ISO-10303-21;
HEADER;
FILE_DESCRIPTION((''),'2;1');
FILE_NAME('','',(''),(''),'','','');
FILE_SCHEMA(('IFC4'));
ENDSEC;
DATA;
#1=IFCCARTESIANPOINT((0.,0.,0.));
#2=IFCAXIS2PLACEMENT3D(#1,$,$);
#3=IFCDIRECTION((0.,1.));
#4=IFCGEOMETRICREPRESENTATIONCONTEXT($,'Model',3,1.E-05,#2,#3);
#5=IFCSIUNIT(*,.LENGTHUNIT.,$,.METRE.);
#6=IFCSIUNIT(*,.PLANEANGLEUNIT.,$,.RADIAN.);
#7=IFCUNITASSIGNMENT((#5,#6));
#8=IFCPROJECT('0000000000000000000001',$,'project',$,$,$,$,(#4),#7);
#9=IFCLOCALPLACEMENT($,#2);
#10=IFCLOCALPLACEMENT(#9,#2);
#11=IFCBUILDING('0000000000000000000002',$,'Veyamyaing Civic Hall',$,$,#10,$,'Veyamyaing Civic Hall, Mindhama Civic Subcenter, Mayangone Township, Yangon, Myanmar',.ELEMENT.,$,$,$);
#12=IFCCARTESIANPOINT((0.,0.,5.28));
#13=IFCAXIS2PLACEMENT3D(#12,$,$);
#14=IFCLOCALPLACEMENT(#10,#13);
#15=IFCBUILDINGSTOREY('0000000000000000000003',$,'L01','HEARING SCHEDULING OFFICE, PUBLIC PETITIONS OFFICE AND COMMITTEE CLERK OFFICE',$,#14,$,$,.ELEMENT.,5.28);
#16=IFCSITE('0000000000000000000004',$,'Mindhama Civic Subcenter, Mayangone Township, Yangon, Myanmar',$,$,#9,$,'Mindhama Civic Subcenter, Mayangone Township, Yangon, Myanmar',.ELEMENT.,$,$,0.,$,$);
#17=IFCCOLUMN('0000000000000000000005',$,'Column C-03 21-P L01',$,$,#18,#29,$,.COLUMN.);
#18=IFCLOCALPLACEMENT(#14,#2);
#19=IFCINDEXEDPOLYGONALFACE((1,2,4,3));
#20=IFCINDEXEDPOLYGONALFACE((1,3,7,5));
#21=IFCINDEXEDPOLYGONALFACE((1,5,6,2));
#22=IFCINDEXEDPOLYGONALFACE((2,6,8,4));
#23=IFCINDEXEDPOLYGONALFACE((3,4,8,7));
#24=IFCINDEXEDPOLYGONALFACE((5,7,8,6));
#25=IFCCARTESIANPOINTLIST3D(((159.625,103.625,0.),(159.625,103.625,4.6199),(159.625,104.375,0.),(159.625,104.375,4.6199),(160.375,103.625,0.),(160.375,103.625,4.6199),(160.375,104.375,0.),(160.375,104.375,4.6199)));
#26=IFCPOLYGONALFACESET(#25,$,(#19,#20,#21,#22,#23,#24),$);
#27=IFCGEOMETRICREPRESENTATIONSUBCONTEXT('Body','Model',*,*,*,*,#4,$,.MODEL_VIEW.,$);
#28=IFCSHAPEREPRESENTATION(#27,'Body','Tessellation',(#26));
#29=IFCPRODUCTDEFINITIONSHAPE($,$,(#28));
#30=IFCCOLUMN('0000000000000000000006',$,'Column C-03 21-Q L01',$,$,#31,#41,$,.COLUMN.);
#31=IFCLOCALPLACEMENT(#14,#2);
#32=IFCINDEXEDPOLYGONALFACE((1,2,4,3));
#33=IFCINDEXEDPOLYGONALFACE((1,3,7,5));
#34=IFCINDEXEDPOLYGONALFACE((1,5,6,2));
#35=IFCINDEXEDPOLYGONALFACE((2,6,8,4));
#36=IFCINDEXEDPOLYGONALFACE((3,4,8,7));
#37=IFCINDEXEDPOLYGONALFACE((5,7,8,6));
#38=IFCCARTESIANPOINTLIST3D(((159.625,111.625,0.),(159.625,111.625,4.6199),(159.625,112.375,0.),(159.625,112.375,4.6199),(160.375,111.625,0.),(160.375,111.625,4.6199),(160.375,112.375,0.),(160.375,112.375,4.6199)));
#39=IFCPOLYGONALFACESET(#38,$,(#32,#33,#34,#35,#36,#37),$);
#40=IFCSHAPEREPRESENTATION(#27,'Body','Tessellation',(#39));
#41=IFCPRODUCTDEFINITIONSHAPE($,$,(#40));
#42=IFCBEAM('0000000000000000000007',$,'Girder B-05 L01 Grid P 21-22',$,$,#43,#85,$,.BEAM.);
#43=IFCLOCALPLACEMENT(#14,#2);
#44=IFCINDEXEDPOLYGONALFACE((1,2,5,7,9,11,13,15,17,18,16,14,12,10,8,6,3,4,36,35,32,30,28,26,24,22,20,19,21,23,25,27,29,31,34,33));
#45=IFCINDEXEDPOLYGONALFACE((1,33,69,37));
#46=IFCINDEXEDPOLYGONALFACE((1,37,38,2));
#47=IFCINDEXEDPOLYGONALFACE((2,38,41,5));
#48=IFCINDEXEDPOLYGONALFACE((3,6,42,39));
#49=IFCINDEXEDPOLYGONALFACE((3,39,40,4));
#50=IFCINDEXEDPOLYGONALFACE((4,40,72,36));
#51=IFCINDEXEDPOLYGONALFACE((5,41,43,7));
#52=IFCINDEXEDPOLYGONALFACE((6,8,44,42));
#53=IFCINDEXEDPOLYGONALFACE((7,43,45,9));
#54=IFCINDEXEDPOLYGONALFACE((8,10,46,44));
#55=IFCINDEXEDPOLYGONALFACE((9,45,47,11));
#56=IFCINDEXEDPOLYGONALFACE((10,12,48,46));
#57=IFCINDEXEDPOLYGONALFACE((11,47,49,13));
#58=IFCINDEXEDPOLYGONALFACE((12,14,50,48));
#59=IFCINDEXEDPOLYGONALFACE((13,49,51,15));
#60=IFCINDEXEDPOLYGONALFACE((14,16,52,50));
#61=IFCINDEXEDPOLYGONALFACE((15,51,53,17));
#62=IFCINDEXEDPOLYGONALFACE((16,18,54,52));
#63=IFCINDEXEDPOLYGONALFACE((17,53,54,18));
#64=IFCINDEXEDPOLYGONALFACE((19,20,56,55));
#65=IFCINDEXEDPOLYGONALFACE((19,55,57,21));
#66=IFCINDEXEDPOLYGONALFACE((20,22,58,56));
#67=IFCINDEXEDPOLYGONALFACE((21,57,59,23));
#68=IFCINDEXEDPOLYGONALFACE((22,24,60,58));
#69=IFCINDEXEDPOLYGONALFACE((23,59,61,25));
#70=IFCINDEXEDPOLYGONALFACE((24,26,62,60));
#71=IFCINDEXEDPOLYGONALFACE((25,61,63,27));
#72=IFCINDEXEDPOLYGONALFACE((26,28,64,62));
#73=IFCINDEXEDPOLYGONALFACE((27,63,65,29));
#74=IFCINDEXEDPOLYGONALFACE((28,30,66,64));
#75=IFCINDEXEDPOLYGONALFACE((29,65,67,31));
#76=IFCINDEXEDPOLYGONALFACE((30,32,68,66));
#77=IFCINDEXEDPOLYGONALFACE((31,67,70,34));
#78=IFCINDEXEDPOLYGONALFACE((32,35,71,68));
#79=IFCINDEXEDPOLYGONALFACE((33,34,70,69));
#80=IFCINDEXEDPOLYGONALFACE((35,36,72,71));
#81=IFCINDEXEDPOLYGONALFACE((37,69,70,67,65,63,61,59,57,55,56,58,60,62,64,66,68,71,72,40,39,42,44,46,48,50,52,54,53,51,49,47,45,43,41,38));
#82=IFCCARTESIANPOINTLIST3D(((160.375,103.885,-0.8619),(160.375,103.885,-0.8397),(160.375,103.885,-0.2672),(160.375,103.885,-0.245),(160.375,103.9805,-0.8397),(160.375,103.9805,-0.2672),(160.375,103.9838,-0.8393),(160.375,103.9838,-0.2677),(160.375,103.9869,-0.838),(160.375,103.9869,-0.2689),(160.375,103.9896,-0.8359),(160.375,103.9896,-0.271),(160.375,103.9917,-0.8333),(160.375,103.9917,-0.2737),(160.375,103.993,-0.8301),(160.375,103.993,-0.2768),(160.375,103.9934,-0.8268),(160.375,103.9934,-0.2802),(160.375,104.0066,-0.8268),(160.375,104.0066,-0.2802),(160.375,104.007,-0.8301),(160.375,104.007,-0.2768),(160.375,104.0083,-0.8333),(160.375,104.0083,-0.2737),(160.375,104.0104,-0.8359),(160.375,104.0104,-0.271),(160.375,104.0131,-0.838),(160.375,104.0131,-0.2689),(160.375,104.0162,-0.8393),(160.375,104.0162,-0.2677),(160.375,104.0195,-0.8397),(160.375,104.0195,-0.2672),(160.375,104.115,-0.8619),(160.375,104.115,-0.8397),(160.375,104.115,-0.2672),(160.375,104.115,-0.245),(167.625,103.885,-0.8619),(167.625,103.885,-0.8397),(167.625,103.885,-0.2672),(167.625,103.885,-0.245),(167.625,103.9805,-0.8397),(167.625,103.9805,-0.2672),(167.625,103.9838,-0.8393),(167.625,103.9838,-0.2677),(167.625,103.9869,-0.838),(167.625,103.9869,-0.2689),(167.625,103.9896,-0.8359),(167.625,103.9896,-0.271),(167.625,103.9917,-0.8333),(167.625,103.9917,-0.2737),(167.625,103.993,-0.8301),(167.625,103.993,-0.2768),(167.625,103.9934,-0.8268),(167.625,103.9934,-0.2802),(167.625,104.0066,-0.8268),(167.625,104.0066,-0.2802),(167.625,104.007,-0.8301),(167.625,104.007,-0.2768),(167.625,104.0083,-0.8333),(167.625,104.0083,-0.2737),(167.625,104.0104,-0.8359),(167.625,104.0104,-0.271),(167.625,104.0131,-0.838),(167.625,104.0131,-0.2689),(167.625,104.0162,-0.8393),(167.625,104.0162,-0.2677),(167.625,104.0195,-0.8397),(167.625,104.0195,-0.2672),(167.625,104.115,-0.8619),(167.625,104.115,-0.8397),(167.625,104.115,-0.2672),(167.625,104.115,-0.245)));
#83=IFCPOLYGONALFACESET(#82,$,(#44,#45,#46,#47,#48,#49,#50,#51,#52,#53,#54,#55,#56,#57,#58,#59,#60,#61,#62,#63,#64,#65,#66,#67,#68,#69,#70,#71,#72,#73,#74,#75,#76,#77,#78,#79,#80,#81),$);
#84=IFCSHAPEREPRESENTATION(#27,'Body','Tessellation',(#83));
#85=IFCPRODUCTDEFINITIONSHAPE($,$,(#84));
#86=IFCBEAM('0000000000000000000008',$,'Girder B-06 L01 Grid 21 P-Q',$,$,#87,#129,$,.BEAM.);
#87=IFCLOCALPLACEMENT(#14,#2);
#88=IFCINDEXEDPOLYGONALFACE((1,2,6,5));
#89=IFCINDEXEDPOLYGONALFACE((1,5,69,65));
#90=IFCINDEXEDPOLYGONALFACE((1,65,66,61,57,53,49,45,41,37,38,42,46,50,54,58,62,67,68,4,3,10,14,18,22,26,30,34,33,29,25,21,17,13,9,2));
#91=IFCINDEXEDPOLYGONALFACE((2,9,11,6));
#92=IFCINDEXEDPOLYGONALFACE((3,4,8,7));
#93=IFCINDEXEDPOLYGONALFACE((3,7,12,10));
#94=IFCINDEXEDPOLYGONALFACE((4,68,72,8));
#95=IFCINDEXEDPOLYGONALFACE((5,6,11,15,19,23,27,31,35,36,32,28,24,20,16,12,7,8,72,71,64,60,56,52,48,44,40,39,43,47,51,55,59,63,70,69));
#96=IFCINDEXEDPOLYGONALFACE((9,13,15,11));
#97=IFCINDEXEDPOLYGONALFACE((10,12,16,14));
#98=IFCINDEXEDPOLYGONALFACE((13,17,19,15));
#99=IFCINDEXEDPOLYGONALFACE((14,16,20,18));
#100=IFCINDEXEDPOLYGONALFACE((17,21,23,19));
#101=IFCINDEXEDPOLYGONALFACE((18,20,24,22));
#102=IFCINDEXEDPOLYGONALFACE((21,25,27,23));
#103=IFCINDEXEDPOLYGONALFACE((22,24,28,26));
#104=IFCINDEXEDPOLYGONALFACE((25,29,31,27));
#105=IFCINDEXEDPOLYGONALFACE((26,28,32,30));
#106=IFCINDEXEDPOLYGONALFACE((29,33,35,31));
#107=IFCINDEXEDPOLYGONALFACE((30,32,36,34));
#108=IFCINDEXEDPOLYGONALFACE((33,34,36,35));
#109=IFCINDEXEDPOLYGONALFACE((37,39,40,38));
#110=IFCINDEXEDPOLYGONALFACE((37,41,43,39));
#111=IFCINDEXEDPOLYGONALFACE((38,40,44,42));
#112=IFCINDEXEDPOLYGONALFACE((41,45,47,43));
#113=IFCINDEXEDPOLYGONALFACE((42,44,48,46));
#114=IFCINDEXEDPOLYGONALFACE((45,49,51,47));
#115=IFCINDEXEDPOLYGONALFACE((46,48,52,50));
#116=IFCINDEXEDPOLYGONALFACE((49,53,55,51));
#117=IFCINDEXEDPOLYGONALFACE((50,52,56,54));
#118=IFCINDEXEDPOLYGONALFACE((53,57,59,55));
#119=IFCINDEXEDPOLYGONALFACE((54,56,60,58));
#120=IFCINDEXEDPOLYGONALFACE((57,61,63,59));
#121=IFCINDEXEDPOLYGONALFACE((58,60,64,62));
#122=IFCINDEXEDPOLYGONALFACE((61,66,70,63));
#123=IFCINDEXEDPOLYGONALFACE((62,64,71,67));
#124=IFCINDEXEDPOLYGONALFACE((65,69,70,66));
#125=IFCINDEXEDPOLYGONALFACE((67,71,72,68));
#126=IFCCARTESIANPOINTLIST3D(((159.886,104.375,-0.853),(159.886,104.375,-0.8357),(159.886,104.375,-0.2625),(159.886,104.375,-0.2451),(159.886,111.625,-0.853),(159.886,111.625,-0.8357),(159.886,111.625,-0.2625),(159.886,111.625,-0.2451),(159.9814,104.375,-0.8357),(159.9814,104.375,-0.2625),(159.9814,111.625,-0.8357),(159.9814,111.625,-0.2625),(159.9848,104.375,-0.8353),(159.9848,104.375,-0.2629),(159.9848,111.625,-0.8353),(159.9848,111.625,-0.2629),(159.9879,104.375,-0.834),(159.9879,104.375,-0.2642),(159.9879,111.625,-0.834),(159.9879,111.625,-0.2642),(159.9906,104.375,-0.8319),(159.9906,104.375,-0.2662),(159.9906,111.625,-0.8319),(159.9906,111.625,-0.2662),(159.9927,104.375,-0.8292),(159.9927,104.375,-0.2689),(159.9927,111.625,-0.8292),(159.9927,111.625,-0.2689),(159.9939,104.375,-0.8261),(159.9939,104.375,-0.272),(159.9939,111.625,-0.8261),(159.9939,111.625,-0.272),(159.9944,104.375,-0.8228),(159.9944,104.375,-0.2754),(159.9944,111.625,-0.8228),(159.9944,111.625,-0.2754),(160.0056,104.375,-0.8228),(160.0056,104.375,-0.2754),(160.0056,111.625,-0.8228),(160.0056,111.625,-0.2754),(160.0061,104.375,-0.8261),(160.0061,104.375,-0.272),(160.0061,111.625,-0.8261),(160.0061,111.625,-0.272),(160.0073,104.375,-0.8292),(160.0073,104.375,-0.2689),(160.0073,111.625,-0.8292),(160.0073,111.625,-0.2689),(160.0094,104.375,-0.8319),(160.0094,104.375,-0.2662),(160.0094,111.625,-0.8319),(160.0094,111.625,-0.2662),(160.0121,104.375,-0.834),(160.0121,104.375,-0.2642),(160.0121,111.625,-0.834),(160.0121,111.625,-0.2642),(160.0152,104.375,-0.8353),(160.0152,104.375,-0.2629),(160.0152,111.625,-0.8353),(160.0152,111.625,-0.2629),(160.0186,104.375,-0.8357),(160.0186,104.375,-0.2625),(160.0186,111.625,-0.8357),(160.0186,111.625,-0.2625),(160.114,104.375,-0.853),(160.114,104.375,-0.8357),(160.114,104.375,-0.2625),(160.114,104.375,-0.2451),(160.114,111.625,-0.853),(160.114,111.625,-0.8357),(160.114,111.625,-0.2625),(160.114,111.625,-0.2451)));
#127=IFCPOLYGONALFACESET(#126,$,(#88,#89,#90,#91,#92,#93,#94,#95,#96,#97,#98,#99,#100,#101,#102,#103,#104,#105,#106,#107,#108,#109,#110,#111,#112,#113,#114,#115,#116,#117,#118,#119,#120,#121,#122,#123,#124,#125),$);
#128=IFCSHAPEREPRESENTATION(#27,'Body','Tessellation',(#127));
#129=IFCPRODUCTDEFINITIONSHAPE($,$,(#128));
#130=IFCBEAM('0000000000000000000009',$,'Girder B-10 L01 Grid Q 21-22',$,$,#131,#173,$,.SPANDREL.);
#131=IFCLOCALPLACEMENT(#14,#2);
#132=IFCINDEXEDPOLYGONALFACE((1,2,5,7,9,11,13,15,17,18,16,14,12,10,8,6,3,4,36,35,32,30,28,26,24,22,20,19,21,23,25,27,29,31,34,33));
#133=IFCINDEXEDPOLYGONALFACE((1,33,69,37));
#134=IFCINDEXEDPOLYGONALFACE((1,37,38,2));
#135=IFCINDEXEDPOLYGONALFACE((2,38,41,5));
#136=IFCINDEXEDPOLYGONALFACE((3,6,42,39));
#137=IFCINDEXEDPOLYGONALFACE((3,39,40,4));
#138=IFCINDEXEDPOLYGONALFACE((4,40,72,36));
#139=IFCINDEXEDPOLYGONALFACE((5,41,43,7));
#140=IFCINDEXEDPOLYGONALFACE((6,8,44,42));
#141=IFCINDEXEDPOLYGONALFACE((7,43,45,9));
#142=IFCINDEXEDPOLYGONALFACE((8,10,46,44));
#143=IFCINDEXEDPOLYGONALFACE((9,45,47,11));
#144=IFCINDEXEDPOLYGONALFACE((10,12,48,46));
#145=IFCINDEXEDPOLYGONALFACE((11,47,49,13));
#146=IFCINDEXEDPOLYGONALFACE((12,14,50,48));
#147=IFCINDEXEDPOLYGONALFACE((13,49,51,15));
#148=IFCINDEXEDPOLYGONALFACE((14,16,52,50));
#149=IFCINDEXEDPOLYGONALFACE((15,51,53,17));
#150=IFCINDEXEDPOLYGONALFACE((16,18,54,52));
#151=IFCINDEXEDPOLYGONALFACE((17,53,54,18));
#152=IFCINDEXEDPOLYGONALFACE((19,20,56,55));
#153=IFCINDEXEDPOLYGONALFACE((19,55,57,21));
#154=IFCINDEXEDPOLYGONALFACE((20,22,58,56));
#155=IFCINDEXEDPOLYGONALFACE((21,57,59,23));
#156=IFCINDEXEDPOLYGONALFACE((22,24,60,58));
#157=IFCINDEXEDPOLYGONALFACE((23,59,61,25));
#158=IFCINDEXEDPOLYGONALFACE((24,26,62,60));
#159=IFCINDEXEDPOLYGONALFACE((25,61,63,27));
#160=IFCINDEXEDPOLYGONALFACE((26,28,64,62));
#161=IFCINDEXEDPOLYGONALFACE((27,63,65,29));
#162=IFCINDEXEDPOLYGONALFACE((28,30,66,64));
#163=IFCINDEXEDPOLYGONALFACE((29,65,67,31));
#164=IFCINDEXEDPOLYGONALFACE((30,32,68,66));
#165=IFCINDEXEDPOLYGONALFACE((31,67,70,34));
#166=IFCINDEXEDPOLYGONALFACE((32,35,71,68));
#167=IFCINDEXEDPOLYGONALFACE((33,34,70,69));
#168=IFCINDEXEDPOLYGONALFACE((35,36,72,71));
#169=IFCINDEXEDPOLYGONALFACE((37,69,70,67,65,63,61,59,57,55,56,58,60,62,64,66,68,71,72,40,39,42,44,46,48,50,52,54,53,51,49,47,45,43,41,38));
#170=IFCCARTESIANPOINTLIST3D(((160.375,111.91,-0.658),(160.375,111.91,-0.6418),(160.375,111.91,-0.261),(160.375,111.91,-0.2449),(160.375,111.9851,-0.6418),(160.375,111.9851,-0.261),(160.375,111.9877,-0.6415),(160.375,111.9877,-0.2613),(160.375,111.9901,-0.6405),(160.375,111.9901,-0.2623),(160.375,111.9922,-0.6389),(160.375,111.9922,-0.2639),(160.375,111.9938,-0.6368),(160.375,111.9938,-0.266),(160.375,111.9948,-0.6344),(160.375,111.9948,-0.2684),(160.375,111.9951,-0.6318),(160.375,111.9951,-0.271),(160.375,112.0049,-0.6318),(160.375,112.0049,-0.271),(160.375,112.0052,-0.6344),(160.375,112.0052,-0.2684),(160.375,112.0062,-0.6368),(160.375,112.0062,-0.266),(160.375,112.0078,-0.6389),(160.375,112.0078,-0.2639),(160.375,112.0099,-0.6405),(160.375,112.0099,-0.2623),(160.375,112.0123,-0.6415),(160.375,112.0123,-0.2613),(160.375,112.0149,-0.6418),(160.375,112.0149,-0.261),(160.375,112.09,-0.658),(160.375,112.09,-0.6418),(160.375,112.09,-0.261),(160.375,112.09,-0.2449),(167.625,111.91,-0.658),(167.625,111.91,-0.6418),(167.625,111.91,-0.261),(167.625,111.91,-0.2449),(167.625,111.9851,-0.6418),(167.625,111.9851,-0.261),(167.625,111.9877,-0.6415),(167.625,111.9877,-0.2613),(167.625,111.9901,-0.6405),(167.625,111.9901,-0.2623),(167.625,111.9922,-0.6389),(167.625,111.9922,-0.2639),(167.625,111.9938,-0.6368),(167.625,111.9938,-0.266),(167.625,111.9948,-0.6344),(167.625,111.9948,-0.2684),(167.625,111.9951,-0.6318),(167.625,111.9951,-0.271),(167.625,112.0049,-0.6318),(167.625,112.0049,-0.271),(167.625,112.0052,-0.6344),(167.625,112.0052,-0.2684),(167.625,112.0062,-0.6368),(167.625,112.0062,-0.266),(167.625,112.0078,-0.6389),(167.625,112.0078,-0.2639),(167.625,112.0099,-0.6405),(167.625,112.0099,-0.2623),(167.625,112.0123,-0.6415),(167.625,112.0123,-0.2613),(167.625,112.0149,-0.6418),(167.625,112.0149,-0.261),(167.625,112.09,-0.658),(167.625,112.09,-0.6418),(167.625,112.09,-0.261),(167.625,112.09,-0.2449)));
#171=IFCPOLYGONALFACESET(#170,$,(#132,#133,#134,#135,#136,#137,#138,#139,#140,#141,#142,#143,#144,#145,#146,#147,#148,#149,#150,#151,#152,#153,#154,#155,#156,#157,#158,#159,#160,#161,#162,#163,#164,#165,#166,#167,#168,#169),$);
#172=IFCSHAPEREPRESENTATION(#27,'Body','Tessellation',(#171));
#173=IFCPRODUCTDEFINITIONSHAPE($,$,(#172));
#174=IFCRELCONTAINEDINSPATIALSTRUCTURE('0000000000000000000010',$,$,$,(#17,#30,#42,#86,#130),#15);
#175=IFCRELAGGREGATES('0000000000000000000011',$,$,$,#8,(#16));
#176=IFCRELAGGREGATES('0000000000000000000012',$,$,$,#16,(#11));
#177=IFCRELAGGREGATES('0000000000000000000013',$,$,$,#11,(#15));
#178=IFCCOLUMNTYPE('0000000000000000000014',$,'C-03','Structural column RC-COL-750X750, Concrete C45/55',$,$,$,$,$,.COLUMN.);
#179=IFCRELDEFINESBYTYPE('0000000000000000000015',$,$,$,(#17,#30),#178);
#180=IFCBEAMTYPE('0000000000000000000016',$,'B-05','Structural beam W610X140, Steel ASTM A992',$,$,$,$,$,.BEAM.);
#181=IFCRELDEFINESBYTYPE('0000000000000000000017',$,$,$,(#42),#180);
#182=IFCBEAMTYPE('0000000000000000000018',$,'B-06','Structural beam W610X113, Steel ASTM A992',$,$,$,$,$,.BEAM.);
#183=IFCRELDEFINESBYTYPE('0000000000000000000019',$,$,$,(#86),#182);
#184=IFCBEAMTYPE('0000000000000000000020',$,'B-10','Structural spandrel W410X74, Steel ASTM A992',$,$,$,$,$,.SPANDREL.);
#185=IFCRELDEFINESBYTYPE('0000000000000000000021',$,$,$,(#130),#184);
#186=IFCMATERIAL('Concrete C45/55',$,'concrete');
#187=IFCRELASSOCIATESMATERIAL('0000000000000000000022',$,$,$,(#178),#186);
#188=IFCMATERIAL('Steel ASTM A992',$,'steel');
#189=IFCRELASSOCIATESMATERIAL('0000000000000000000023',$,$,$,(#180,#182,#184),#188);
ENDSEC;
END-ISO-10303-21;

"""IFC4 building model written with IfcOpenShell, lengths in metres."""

from ifc_helpers import new_model, si_unit, direction, frame, origin, origin_2d, place, context, subcontext, project, spatial, rectangle, i_section, extrude, material, material_profile, profile_set, type_object, element, save


model = new_model("IFC4")

# Units and contexts
model_context = context("Model", 3, precision=1e-05, world=origin(), true_north=direction((0.0, 1.0)))
body_context = subcontext(model_context, "Body", "Model", "MODEL_VIEW")
ifc_project = project(units=[si_unit("LENGTHUNIT", "METRE"), si_unit("PLANEANGLEUNIT", "RADIAN")], contexts=[model_context])

# Site, building, storey
site_placement = place(None, origin())
site = spatial("IfcSite", under=ifc_project, at=site_placement, Name="Mindhama Civic Subcenter, Mayangone Township, Yangon, Myanmar", LongName="Mindhama Civic Subcenter, Mayangone Township, Yangon, Myanmar", CompositionType="ELEMENT", RefElevation=0.0)
building_placement = place(site_placement, origin())
building = spatial("IfcBuilding", under=site, at=building_placement, Name="Veyamyaing Civic Hall", LongName="Veyamyaing Civic Hall, Mindhama Civic Subcenter, Mayangone Township, Yangon, Myanmar", CompositionType="ELEMENT")
storey_placement = place(building_placement, frame((0.0, 0.0, 5.28)))
storey = spatial("IfcBuildingStorey", under=building, at=storey_placement, Name="L01", Description="HEARING SCHEDULING OFFICE, PUBLIC PETITIONS OFFICE AND COMMITTEE CLERK OFFICE", CompositionType="ELEMENT", Elevation=5.28)

# Columns
ifc_material_1 = material(Name="Concrete C45/55", Category="concrete")
ifc_material_profile_1 = material_profile(ifc_material_1, rectangle(XDim=0.75, YDim=0.75, at=origin_2d()), Name="RC-COL-750X750")
ifc_profile_set_1 = profile_set([ifc_material_profile_1], Name="Concrete C45/55")
column_type = type_object("IfcColumnType", Name="C-03", Description="Structural column RC-COL-750X750, Concrete C45/55", PredefinedType="COLUMN", material=ifc_profile_set_1)
for number, where, z_axis, x_axis, name in (
    (1, (160.0, 104.0, 0.0), (0.0, 0.0, 1.0), (1.0, 0.0, 0.0), "Column C-03 21-P L01"),
    (2, (160.0, 112.0, 0.0), (0.0, 0.0, 1.0), (1.0, 0.0, 0.0), "Column C-03 21-Q L01"),
):
    element("IfcColumn", number, at=place(storey_placement, frame(where, z_axis=z_axis, x_axis=x_axis)), inside=storey, type_object=column_type, Name=name, PredefinedType="COLUMN", context=body_context, shape_type="SweptSolid", body=[
        extrude(rectangle(XDim=0.75, YDim=0.75, at=origin_2d()), origin(), (0.0, 0.0, 1.0), 4.6199),
    ])

# Beams
ifc_material_2 = material(Name="Steel ASTM A992", Category="steel")
ifc_material_profile_2 = material_profile(ifc_material_2, i_section(OverallWidth=0.23, OverallDepth=0.6169, WebThickness=0.0132, FlangeThickness=0.0222, FilletRadius=0.0129, at=origin_2d()), Name="W610X140")
ifc_profile_set_2 = profile_set([ifc_material_profile_2], Name="Steel ASTM A992")
beam_type_1 = type_object("IfcBeamType", Name="B-05", Description="Structural beam W610X140, Steel ASTM A992", PredefinedType="BEAM", material=ifc_profile_set_2)
beam_1_placement = place(storey_placement, frame((160.375, 104.0, -0.5535), z_axis=(1.0, 0.0, 0.0), x_axis=(0.0, 1.0, 0.0)))
element("IfcBeam", 3, at=beam_1_placement, inside=storey, type_object=beam_type_1, Name="Girder B-05 L01 Grid P 21-22", PredefinedType="BEAM", context=body_context, shape_type="SweptSolid", body=[
    extrude(i_section(OverallWidth=0.23, OverallDepth=0.6169, WebThickness=0.0132, FlangeThickness=0.0222, FilletRadius=0.0129, at=origin_2d()), origin(), (0.0, 0.0, 1.0), 7.25),
])
ifc_material_profile_3 = material_profile(ifc_material_2, i_section(OverallWidth=0.228, OverallDepth=0.6079, WebThickness=0.0112, FlangeThickness=0.0173, FilletRadius=0.0129, at=origin_2d()), Name="W610X113")
ifc_profile_set_3 = profile_set([ifc_material_profile_3], Name="Steel ASTM A992")
beam_type_2 = type_object("IfcBeamType", Name="B-06", Description="Structural beam W610X113, Steel ASTM A992", PredefinedType="BEAM", material=ifc_profile_set_3)
beam_2_placement = place(storey_placement, frame((160.0, 104.375, -0.5491), z_axis=(0.0, 1.0, 0.0), x_axis=(-1.0, 0.0, 0.0)))
element("IfcBeam", 4, at=beam_2_placement, inside=storey, type_object=beam_type_2, Name="Girder B-06 L01 Grid 21 P-Q", PredefinedType="BEAM", context=body_context, shape_type="SweptSolid", body=[
    extrude(i_section(OverallWidth=0.228, OverallDepth=0.6079, WebThickness=0.0112, FlangeThickness=0.0173, FilletRadius=0.0129, at=origin_2d()), origin(), (0.0, 0.0, 1.0), 7.25),
])
ifc_material_profile_4 = material_profile(ifc_material_2, i_section(OverallWidth=0.1799, OverallDepth=0.4131, WebThickness=0.0098, FlangeThickness=0.0161, FilletRadius=0.01, at=origin_2d()), Name="W410X74")
ifc_profile_set_4 = profile_set([ifc_material_profile_4], Name="Steel ASTM A992")
beam_type_3 = type_object("IfcBeamType", Name="B-10", Description="Structural spandrel W410X74, Steel ASTM A992", PredefinedType="SPANDREL", material=ifc_profile_set_4)
beam_3_placement = place(storey_placement, frame((160.375, 112.0, -0.4514), z_axis=(1.0, 0.0, 0.0), x_axis=(0.0, 1.0, 0.0)))
element("IfcBeam", 5, at=beam_3_placement, inside=storey, type_object=beam_type_3, Name="Girder B-10 L01 Grid Q 21-22", PredefinedType="SPANDREL", context=body_context, shape_type="SweptSolid", body=[
    extrude(i_section(OverallWidth=0.1799, OverallDepth=0.4131, WebThickness=0.0098, FlangeThickness=0.0161, FilletRadius=0.01, at=origin_2d()), origin(), (0.0, 0.0, 1.0), 7.25),
])

save(model, "model.ifc")
